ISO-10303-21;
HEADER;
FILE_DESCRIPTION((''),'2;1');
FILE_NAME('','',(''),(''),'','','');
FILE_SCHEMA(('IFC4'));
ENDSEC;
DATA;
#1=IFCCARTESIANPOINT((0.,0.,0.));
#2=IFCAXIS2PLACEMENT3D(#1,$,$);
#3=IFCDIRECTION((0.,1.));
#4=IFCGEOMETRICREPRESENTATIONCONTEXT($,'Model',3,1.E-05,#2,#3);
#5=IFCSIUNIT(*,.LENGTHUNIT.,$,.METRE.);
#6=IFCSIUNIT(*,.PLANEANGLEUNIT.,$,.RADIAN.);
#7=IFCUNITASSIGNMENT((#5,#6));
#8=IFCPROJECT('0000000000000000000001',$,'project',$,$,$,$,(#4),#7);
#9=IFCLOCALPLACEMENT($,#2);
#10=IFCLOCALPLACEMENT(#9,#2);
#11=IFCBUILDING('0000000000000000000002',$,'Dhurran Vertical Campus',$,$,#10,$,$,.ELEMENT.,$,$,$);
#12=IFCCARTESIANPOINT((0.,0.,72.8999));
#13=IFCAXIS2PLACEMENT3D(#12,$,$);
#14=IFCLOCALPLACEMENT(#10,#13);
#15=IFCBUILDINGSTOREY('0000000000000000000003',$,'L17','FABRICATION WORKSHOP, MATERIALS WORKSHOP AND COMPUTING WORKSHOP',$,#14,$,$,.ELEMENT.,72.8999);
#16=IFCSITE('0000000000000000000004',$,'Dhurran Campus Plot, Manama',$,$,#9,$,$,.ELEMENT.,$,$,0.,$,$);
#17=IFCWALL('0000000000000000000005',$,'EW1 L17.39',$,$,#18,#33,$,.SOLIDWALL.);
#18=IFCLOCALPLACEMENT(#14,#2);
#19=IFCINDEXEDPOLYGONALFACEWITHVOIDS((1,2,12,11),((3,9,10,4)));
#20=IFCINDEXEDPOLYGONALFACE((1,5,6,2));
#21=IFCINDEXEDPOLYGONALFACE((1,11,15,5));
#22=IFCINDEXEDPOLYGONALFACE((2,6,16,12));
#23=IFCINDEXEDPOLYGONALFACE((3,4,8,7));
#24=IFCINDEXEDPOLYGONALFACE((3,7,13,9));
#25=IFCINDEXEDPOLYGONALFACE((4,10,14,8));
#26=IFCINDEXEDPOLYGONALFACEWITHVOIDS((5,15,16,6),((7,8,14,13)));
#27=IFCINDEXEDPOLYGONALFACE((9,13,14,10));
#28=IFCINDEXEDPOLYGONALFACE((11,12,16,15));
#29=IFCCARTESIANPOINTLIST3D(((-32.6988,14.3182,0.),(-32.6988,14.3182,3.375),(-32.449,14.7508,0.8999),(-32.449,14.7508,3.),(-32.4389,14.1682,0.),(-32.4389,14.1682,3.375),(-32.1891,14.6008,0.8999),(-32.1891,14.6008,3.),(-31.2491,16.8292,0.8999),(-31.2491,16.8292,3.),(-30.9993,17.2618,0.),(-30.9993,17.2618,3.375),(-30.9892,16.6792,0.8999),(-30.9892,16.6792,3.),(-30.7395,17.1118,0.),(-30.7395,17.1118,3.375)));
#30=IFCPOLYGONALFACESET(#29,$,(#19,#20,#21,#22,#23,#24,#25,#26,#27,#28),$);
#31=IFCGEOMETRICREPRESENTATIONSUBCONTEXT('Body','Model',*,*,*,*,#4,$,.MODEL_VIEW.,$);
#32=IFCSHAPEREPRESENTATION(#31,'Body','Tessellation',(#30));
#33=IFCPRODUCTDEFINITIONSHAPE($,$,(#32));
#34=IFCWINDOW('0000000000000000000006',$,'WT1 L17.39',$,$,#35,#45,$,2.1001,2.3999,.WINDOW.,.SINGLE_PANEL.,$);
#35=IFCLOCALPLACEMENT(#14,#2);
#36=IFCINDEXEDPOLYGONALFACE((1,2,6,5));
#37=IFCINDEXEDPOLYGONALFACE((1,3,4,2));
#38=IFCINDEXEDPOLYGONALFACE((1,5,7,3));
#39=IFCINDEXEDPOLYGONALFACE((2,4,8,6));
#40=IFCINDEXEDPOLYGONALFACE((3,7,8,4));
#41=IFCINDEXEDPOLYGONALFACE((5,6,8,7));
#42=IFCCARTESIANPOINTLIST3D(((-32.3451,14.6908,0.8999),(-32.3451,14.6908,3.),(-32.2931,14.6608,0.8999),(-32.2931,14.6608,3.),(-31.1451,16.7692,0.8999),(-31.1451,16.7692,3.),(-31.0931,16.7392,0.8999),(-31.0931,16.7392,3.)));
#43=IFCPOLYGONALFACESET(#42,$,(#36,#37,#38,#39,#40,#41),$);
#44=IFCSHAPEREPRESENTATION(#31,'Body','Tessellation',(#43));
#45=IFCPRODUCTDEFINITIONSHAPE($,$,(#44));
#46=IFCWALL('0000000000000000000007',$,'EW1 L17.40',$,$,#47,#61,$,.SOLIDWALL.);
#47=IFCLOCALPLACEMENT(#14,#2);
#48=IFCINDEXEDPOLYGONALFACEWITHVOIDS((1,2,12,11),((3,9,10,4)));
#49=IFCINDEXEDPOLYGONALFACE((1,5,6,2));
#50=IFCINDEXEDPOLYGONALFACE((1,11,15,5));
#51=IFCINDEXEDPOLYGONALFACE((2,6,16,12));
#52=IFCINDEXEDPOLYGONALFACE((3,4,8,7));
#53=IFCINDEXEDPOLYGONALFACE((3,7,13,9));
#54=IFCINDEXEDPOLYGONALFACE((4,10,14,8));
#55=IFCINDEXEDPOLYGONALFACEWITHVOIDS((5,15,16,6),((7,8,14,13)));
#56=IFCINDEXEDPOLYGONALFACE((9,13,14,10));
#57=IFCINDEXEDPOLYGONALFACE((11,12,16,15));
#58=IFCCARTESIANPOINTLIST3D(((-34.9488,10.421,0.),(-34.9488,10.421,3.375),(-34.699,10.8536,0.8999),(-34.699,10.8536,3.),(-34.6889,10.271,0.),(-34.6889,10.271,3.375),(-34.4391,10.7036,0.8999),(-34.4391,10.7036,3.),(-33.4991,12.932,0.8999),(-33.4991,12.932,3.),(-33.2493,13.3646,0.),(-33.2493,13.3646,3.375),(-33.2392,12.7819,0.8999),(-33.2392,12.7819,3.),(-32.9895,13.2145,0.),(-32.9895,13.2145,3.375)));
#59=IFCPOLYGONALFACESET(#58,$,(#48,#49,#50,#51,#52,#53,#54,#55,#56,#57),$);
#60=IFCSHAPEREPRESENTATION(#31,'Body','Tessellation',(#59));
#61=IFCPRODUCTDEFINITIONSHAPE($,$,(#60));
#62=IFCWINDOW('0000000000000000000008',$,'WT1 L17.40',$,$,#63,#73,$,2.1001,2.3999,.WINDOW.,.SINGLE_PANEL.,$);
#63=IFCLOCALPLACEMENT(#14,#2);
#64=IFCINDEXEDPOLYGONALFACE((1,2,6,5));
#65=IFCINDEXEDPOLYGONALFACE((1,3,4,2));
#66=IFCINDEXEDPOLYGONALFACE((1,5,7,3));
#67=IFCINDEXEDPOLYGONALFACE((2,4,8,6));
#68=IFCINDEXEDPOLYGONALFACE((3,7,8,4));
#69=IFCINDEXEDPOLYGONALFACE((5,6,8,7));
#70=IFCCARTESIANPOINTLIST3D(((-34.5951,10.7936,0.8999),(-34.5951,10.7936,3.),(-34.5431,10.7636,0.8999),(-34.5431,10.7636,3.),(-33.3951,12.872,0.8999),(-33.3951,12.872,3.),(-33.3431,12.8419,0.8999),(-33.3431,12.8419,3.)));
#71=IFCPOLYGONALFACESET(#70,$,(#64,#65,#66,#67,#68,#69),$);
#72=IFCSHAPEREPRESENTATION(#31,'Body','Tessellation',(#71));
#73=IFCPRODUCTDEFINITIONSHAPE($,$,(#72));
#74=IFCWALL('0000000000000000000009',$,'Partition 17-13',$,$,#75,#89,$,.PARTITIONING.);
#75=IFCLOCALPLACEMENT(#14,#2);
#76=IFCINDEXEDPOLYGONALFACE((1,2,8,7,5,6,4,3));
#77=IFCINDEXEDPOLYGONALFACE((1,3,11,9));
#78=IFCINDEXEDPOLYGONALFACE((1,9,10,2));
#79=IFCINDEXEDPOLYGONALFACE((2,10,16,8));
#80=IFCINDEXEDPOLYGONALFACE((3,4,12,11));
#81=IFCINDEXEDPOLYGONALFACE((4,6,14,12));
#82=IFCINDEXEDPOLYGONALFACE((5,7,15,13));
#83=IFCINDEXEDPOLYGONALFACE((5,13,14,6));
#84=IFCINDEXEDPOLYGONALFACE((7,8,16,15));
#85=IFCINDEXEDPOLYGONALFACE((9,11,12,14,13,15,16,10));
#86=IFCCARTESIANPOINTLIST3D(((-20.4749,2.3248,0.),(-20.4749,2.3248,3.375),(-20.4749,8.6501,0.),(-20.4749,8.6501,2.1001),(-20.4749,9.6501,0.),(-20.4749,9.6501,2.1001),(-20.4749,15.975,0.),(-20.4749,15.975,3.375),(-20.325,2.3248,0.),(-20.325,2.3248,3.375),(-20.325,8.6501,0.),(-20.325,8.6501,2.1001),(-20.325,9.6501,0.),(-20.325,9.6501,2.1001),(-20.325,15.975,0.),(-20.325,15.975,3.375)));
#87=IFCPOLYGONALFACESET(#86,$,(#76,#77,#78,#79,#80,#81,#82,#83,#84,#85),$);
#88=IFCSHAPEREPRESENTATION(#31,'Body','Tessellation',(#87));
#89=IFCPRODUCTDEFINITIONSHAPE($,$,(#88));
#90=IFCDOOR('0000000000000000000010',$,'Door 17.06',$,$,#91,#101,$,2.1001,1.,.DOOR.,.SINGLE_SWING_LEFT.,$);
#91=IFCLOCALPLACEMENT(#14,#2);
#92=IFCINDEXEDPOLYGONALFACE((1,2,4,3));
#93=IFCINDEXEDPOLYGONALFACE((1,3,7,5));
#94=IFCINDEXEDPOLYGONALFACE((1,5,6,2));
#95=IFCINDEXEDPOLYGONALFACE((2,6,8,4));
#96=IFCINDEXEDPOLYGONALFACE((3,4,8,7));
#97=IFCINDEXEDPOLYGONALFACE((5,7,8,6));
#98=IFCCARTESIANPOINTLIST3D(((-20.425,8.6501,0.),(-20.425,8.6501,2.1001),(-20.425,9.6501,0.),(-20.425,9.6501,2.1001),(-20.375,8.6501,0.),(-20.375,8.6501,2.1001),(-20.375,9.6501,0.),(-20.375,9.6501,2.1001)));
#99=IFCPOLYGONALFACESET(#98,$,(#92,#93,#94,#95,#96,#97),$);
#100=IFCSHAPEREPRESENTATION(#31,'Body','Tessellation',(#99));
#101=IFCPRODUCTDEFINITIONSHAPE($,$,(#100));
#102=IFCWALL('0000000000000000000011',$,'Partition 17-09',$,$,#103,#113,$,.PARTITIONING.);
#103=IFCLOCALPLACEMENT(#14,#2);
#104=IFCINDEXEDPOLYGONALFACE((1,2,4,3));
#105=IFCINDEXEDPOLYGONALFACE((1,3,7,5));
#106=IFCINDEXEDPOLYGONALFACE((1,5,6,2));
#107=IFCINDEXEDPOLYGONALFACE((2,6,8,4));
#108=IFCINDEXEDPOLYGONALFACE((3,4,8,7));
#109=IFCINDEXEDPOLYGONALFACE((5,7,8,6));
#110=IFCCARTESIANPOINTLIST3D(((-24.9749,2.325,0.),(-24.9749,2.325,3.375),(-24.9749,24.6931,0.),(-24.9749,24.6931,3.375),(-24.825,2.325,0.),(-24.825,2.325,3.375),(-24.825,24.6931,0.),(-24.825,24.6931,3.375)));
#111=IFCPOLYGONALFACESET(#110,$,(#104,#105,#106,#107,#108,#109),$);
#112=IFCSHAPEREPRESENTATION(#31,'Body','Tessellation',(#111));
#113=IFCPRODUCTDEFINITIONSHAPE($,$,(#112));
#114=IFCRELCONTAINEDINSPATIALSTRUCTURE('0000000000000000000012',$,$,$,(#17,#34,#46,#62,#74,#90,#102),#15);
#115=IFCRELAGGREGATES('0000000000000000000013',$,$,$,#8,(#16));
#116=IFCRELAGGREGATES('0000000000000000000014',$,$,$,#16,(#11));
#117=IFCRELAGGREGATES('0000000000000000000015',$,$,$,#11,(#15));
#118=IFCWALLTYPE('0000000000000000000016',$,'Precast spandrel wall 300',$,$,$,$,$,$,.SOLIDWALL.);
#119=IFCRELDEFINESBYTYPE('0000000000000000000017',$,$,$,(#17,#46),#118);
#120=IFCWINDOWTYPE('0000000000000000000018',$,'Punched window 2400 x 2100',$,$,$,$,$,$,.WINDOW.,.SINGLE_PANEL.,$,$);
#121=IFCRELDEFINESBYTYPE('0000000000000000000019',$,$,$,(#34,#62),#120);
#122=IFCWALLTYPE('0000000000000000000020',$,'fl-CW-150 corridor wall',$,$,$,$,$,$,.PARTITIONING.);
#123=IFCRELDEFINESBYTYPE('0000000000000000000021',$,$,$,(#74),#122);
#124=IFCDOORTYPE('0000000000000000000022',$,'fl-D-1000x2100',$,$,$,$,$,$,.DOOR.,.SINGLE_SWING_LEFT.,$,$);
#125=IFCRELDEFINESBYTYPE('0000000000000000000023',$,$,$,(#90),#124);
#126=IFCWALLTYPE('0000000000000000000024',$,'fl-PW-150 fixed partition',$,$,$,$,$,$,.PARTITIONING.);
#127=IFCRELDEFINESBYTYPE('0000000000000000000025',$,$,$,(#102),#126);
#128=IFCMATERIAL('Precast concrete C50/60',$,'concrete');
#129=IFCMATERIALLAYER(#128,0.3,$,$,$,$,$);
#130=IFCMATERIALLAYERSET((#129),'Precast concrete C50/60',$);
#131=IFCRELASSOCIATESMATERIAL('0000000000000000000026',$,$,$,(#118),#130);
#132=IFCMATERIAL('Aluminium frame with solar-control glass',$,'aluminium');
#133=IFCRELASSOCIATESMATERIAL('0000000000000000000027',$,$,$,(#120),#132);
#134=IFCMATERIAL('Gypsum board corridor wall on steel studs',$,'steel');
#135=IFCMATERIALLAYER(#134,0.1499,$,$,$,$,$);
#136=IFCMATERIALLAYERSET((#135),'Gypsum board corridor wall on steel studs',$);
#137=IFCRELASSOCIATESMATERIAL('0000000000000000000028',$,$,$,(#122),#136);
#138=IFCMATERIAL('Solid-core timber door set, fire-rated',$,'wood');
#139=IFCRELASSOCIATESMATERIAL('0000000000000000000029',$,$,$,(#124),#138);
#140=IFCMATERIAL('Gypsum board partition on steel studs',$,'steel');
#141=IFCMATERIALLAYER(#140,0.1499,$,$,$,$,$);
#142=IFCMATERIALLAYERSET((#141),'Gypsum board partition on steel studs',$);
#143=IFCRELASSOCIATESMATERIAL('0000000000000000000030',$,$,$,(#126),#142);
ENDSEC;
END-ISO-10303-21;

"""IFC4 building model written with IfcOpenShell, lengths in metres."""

from ifc_helpers import new_model, si_unit, direction, frame, frame_2d, origin, place, context, subcontext, project, spatial, rectangle, extrude, material, layer, layer_set, type_object, element, fill, save


model = new_model("IFC4")

# Units and contexts
model_context = context("Model", 3, precision=1e-05, world=origin(), true_north=direction((0.0, 1.0)))
body_context = subcontext(model_context, "Body", "Model", "MODEL_VIEW")
ifc_project = project(units=[si_unit("LENGTHUNIT", "METRE"), si_unit("PLANEANGLEUNIT", "RADIAN")], contexts=[model_context])

# Site, building, storey
site_placement = place(None, origin())
site = spatial("IfcSite", under=ifc_project, at=site_placement, Name="Dhurran Campus Plot, Manama", CompositionType="ELEMENT", RefElevation=0.0)
building_placement = place(site_placement, origin())
building = spatial("IfcBuilding", under=site, at=building_placement, Name="Dhurran Vertical Campus", CompositionType="ELEMENT")
storey_placement = place(building_placement, frame((0.0, 0.0, 72.8999)))
storey = spatial("IfcBuildingStorey", under=building, at=storey_placement, Name="L17", Description="FABRICATION WORKSHOP, MATERIALS WORKSHOP AND COMPUTING WORKSHOP", CompositionType="ELEMENT", Elevation=72.8999)

# Walls, openings, windows
ifc_material_1 = material(Name="Precast concrete C50/60", Category="concrete")
ifc_layer_1 = layer(ifc_material_1, 0.3)
ifc_layer_set_1 = layer_set([ifc_layer_1], Name="Precast concrete C50/60")
wall_type_1 = type_object("IfcWallType", Name="Precast spandrel wall 300", PredefinedType="SOLIDWALL", material=ifc_layer_set_1)
ifc_material_2 = material(Name="Aluminium frame with solar-control glass", Category="aluminium")
window_type = type_object("IfcWindowType", Name="Punched window 2400 x 2100", PartitioningType="SINGLE_PANEL", PredefinedType="WINDOW", material=ifc_material_2)
wall_1_placement = place(storey_placement, frame((-30.8694, 17.1868, 0.0), z_axis=(0.0, 0.0, 1.0), x_axis=(-0.499994, -0.866029, 0.0)))
wall_1 = element("IfcWall", 1, at=wall_1_placement, inside=storey, type_object=wall_type_1, Name="EW1 L17.39", PredefinedType="SOLIDWALL", context=body_context, shape_type="SweptSolid", body=[
    extrude(rectangle(XDim=3.3989, YDim=0.3, at=frame_2d((1.6995, 0.0))), origin(), (0.0, 0.0, 1.0), 3.375),
])
opening_1_placement = place(wall_1_placement, frame((0.4995, 0.0, 0.8999)))
opening_1 = element("IfcOpeningElement", 2, at=opening_1_placement, cuts=wall_1, PredefinedType="OPENING", context=body_context, shape_type="SweptSolid", body=[
    extrude(rectangle(XDim=2.3999, YDim=2.1001, at=frame_2d((1.2, 1.05))), frame((0.0, 0.1599, 0.0), z_axis=(0.0, -1.0, 0.0), x_axis=(1.0, 0.0, 0.0)), (0.0, 0.0, 1.0), 0.3201),
])
window_1_placement = place(opening_1_placement, origin())
window_1 = element("IfcWindow", 3, at=window_1_placement, inside=storey, type_object=window_type, Name="WT1 L17.39", OverallHeight=2.1001, OverallWidth=2.3999, PartitioningType="SINGLE_PANEL", PredefinedType="WINDOW", context=body_context, shape_type="SweptSolid", body=[
    extrude(rectangle(XDim=2.3999, YDim=2.1001, at=frame_2d((1.2, 1.05))), frame((0.0, 0.03, 0.0), z_axis=(0.0, -1.0, 0.0), x_axis=(1.0, 0.0, 0.0)), (0.0, 0.0, 1.0), 0.0601),
])
fill(opening_1, window_1)
wall_2_placement = place(storey_placement, frame((-33.1194, 13.2896, 0.0), z_axis=(0.0, 0.0, 1.0), x_axis=(-0.499994, -0.866029, 0.0)))
wall_2 = element("IfcWall", 4, at=wall_2_placement, inside=storey, type_object=wall_type_1, Name="EW1 L17.40", PredefinedType="SOLIDWALL", context=body_context, shape_type="SweptSolid", body=[
    extrude(rectangle(XDim=3.3989, YDim=0.3, at=frame_2d((1.6995, 0.0))), origin(), (0.0, 0.0, 1.0), 3.375),
])
opening_2_placement = place(wall_2_placement, frame((0.4995, 0.0, 0.8999)))
opening_2 = element("IfcOpeningElement", 5, at=opening_2_placement, cuts=wall_2, PredefinedType="OPENING", context=body_context, shape_type="SweptSolid", body=[
    extrude(rectangle(XDim=2.3999, YDim=2.1001, at=frame_2d((1.2, 1.05))), frame((0.0, 0.1599, 0.0), z_axis=(0.0, -1.0, 0.0), x_axis=(1.0, 0.0, 0.0)), (0.0, 0.0, 1.0), 0.3201),
])
window_2_placement = place(opening_2_placement, origin())
window_2 = element("IfcWindow", 6, at=window_2_placement, inside=storey, type_object=window_type, Name="WT1 L17.40", OverallHeight=2.1001, OverallWidth=2.3999, PartitioningType="SINGLE_PANEL", PredefinedType="WINDOW", context=body_context, shape_type="SweptSolid", body=[
    extrude(rectangle(XDim=2.3999, YDim=2.1001, at=frame_2d((1.2, 1.05))), frame((0.0, 0.03, 0.0), z_axis=(0.0, -1.0, 0.0), x_axis=(1.0, 0.0, 0.0)), (0.0, 0.0, 1.0), 0.0601),
])
fill(opening_2, window_2)

# Wall, opening, door
ifc_material_3 = material(Name="Gypsum board corridor wall on steel studs", Category="steel")
ifc_layer_2 = layer(ifc_material_3, 0.1499)
ifc_layer_set_2 = layer_set([ifc_layer_2], Name="Gypsum board corridor wall on steel studs")
wall_type_2 = type_object("IfcWallType", Name="fl-CW-150 corridor wall", PredefinedType="PARTITIONING", material=ifc_layer_set_2)
wall_3_placement = place(storey_placement, frame((-20.3999, 15.9751, 0.0), z_axis=(0.0, 0.0, 1.0), x_axis=(0.0, -1.0, 0.0)))
wall_3 = element("IfcWall", 7, at=wall_3_placement, inside=storey, type_object=wall_type_2, Name="Partition 17-13", PredefinedType="PARTITIONING", context=body_context, shape_type="SweptSolid", body=[
    extrude(rectangle(XDim=13.6501, YDim=0.1499, at=frame_2d((6.8252, 0.0))), origin(), (0.0, 0.0, 1.0), 3.375),
])
opening_3_placement = place(wall_3_placement, frame((6.325, 0.0, 0.0)))
opening_3 = element("IfcOpeningElement", 8, at=opening_3_placement, cuts=wall_3, PredefinedType="OPENING", context=body_context, shape_type="SweptSolid", body=[
    extrude(rectangle(XDim=1.0, YDim=2.1001, at=frame_2d((0.5, 1.05))), frame((0.0, 0.085, 0.0), z_axis=(0.0, -1.0, 0.0), x_axis=(1.0, 0.0, 0.0)), (0.0, 0.0, 1.0), 0.1699),
])
ifc_material_4 = material(Name="Solid-core timber door set, fire-rated", Category="wood")
door_type = type_object("IfcDoorType", Name="fl-D-1000x2100", OperationType="SINGLE_SWING_LEFT", PredefinedType="DOOR", material=ifc_material_4)
door_placement = place(opening_3_placement, origin())
door = element("IfcDoor", 9, at=door_placement, inside=storey, type_object=door_type, Name="Door 17.06", OperationType="SINGLE_SWING_LEFT", OverallHeight=2.1001, OverallWidth=1.0, PredefinedType="DOOR", context=body_context, shape_type="SweptSolid", body=[
    extrude(rectangle(XDim=1.0, YDim=2.1001, at=frame_2d((0.5, 1.05))), frame((0.0, 0.0249, 0.0), z_axis=(0.0, -1.0, 0.0), x_axis=(1.0, 0.0, 0.0)), (0.0, 0.0, 1.0), 0.05),
])
fill(opening_3, door)

# Wall
ifc_material_5 = material(Name="Gypsum board partition on steel studs", Category="steel")
ifc_layer_3 = layer(ifc_material_5, 0.1499)
ifc_layer_set_3 = layer_set([ifc_layer_3], Name="Gypsum board partition on steel studs")
wall_type_3 = type_object("IfcWallType", Name="fl-PW-150 fixed partition", PredefinedType="PARTITIONING", material=ifc_layer_set_3)
wall_4_placement = place(storey_placement, frame((-24.8999, 24.6931, 0.0), z_axis=(0.0, 0.0, 1.0), x_axis=(0.0, -1.0, 0.0)))
element("IfcWall", 10, at=wall_4_placement, inside=storey, type_object=wall_type_3, Name="Partition 17-09", PredefinedType="PARTITIONING", context=body_context, shape_type="SweptSolid", body=[
    extrude(rectangle(XDim=22.3682, YDim=0.1499, at=frame_2d((11.1841, 0.0))), origin(), (0.0, 0.0, 1.0), 3.375),
])

save(model, "model.ifc")
